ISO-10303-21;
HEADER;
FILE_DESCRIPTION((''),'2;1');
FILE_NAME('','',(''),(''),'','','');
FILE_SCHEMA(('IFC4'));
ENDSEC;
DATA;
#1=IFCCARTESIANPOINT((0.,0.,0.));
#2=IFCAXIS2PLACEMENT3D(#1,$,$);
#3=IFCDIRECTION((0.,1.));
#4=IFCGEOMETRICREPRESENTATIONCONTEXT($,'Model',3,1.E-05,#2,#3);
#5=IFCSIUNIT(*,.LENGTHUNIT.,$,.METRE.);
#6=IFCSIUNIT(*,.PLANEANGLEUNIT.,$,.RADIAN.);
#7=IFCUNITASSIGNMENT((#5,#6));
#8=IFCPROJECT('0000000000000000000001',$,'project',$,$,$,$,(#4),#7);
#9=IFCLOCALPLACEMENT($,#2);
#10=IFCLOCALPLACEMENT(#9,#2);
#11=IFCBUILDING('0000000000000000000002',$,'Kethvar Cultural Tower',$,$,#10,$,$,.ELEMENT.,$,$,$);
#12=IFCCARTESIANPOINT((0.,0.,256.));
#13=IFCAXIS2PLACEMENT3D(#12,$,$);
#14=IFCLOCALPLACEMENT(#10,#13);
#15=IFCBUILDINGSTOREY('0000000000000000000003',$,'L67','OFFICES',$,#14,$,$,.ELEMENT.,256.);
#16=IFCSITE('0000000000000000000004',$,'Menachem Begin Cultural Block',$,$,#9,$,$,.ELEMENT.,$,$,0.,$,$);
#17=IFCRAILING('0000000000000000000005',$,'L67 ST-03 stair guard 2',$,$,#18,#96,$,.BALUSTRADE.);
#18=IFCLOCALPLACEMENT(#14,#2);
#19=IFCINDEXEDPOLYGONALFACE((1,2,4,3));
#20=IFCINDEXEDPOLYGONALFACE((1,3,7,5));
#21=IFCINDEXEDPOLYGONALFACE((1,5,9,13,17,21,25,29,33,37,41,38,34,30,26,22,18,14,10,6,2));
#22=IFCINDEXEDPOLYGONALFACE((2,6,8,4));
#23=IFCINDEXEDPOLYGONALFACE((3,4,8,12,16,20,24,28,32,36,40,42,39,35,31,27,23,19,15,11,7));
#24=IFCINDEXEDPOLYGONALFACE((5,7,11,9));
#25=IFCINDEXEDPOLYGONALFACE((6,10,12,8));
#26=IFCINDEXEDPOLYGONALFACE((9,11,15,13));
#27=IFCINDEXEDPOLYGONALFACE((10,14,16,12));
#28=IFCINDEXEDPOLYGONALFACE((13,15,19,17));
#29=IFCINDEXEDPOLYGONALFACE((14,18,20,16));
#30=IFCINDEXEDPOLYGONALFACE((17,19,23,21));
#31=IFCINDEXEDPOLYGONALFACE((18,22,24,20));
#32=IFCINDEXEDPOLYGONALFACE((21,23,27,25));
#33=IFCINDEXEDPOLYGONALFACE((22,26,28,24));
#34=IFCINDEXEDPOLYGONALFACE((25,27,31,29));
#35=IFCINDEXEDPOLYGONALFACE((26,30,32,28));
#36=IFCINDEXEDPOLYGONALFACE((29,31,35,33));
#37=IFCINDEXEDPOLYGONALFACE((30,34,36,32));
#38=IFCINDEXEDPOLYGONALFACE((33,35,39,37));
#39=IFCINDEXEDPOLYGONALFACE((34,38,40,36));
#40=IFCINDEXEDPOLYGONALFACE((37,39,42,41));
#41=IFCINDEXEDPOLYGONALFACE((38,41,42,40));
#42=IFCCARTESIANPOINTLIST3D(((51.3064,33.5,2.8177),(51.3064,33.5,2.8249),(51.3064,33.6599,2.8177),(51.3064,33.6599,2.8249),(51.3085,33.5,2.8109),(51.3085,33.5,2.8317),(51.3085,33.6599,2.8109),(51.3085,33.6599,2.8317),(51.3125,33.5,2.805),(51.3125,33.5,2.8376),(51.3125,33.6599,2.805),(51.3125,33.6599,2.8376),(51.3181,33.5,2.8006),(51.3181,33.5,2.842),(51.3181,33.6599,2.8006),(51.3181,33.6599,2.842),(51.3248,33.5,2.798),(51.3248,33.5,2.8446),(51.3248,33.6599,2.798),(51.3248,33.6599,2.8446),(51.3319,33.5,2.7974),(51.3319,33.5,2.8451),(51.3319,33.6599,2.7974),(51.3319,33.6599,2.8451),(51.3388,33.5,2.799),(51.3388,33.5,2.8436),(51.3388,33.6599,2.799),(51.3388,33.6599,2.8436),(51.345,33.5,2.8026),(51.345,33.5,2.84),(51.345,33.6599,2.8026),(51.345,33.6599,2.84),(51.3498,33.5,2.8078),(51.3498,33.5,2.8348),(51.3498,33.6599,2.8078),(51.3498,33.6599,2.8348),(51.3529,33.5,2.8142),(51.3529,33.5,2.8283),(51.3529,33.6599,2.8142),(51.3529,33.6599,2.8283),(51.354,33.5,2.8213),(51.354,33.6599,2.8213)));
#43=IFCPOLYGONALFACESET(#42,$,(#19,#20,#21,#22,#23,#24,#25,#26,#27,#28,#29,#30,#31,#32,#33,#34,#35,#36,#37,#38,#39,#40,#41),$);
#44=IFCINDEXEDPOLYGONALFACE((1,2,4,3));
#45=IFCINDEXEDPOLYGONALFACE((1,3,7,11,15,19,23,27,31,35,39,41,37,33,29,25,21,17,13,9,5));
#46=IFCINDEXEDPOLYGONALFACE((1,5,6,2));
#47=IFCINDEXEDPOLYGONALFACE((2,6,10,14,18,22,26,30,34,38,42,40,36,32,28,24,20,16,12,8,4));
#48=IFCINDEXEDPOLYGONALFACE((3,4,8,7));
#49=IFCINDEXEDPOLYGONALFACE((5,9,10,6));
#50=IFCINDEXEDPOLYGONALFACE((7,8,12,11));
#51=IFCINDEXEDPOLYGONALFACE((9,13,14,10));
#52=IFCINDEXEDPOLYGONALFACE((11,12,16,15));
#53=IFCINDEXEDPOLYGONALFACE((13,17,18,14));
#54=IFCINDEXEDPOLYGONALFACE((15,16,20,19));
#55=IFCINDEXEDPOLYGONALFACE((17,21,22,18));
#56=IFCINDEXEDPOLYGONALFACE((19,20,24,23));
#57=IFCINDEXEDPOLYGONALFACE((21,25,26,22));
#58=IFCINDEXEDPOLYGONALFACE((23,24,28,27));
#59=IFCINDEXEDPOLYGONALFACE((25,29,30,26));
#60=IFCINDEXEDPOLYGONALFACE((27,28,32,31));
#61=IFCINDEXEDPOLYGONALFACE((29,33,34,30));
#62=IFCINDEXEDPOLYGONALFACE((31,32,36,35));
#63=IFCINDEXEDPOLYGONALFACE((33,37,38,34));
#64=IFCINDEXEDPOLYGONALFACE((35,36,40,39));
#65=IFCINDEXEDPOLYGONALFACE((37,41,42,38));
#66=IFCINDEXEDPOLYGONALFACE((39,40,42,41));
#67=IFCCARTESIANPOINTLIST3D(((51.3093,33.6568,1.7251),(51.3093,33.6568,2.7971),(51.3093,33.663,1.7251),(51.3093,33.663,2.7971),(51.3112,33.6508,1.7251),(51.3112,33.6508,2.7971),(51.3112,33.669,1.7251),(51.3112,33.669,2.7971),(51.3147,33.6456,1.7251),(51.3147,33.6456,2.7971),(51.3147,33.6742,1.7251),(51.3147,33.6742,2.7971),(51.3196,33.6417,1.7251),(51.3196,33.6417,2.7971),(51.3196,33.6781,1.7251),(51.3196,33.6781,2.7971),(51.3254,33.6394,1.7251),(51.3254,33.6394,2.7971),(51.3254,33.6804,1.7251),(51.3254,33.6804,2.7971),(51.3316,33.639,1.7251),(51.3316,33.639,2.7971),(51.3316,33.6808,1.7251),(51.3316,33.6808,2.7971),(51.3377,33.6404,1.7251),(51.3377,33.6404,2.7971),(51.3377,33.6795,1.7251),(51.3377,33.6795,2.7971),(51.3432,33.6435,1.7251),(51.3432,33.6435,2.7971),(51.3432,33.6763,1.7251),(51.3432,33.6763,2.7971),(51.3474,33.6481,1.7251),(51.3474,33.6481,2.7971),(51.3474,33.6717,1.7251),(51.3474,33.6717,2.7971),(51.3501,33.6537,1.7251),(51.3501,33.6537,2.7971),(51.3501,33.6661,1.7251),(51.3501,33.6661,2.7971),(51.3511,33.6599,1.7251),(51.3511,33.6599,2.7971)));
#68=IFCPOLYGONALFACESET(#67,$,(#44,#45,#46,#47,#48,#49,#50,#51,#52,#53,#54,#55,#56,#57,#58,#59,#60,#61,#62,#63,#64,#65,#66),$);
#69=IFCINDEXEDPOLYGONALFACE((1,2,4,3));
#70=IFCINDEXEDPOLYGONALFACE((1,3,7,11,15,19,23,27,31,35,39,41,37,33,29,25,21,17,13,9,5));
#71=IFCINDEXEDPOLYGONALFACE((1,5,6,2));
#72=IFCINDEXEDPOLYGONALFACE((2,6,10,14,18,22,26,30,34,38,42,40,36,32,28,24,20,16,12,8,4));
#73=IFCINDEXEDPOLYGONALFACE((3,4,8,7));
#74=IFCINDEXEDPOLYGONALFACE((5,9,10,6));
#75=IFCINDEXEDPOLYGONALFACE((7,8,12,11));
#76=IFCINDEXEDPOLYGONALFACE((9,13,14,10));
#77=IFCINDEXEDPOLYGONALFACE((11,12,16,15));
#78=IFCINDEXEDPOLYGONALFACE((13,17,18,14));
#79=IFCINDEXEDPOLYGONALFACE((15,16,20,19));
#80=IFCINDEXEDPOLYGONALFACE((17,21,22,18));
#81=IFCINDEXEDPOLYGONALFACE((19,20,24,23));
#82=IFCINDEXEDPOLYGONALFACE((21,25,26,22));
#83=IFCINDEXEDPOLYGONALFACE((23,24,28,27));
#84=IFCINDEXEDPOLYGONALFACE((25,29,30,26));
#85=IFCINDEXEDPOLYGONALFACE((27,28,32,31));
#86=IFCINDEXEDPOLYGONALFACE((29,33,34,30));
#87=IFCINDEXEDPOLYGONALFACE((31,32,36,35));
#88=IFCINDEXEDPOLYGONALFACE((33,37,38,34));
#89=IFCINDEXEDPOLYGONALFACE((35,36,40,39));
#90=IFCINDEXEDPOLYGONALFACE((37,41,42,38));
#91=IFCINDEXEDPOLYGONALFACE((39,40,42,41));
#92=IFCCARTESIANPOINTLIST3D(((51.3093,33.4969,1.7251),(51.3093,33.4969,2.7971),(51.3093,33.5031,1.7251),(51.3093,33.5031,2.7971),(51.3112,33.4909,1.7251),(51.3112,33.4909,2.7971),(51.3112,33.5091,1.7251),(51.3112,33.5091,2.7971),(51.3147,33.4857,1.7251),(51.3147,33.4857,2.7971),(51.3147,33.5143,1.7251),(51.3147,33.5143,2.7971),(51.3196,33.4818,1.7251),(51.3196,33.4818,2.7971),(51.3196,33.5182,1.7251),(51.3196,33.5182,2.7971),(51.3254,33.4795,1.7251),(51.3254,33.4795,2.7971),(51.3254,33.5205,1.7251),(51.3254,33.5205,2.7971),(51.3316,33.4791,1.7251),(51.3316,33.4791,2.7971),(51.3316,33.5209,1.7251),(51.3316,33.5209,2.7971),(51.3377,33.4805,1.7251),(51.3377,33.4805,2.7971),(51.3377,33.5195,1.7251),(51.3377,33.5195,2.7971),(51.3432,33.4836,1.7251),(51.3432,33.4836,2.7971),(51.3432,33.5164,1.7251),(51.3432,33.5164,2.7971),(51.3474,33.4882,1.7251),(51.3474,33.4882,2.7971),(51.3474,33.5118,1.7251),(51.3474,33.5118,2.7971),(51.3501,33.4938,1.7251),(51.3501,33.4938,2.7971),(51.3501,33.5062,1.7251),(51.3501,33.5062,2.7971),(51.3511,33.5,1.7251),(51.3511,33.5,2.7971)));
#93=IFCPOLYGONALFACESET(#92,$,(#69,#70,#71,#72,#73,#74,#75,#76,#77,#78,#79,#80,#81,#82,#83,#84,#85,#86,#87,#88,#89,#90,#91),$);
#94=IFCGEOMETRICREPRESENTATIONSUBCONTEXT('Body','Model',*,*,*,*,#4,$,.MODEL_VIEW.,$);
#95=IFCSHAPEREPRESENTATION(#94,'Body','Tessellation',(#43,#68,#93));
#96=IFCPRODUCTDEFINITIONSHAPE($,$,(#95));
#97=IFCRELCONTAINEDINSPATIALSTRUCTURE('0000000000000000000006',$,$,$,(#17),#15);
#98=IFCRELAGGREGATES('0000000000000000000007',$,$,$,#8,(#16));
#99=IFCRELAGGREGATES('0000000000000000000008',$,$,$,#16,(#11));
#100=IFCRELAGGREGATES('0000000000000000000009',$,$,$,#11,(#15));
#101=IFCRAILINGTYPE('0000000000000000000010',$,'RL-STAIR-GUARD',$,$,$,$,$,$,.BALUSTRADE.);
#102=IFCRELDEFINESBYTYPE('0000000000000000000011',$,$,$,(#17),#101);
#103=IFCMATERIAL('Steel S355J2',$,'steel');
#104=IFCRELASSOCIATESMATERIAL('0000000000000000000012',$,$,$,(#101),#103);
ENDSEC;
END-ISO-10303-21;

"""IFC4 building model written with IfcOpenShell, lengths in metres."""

from ifc_helpers import new_model, si_unit, direction, frame, origin, origin_2d, place, context, subcontext, project, spatial, circle, extrude, material, type_object, element, save


model = new_model("IFC4")

# Units and contexts
model_context = context("Model", 3, precision=1e-05, world=origin(), true_north=direction((0.0, 1.0)))
body_context = subcontext(model_context, "Body", "Model", "MODEL_VIEW")
ifc_project = project(units=[si_unit("LENGTHUNIT", "METRE"), si_unit("PLANEANGLEUNIT", "RADIAN")], contexts=[model_context])

# Site, building, storey
site_placement = place(None, origin())
site = spatial("IfcSite", under=ifc_project, at=site_placement, Name="Menachem Begin Cultural Block", CompositionType="ELEMENT", RefElevation=0.0)
building_placement = place(site_placement, origin())
building = spatial("IfcBuilding", under=site, at=building_placement, Name="Kethvar Cultural Tower", CompositionType="ELEMENT")
storey_placement = place(building_placement, frame((0.0, 0.0, 256.0)))
storey = spatial("IfcBuildingStorey", under=building, at=storey_placement, Name="L67", Description="OFFICES", CompositionType="ELEMENT", Elevation=256.0)

# Shared definitions
ifc_material_1 = material(Name="Steel S355J2", Category="steel")

# Railing
railing_type_1 = type_object("IfcRailingType", Name="RL-STAIR-GUARD", PredefinedType="BALUSTRADE", material=ifc_material_1)
railing_1_placement = place(storey_placement, frame((51.3301, 33.6599, 1.7251)))
element("IfcRailing", 1, at=railing_1_placement, inside=storey, type_object=railing_type_1, Name="L67 ST-03 stair guard 2", PredefinedType="BALUSTRADE", context=body_context, shape_type="SweptSolid", body=[
    extrude(circle(Radius=0.0239, at=origin_2d()), frame((0.0, 0.0, 1.0962), z_axis=(0.0, -1.0, 0.0), x_axis=(1.0, 0.0, 0.0)), (0.0, 0.0, 1.0), 0.1599),
    extrude(circle(Radius=0.021, at=origin_2d()), origin(), (0.0, 0.0, 1.0), 1.072),
    extrude(circle(Radius=0.021, at=origin_2d()), frame((0.0, -0.1599, 0.0)), (0.0, 0.0, 1.0), 1.072),
])

save(model, "model.ifc")
